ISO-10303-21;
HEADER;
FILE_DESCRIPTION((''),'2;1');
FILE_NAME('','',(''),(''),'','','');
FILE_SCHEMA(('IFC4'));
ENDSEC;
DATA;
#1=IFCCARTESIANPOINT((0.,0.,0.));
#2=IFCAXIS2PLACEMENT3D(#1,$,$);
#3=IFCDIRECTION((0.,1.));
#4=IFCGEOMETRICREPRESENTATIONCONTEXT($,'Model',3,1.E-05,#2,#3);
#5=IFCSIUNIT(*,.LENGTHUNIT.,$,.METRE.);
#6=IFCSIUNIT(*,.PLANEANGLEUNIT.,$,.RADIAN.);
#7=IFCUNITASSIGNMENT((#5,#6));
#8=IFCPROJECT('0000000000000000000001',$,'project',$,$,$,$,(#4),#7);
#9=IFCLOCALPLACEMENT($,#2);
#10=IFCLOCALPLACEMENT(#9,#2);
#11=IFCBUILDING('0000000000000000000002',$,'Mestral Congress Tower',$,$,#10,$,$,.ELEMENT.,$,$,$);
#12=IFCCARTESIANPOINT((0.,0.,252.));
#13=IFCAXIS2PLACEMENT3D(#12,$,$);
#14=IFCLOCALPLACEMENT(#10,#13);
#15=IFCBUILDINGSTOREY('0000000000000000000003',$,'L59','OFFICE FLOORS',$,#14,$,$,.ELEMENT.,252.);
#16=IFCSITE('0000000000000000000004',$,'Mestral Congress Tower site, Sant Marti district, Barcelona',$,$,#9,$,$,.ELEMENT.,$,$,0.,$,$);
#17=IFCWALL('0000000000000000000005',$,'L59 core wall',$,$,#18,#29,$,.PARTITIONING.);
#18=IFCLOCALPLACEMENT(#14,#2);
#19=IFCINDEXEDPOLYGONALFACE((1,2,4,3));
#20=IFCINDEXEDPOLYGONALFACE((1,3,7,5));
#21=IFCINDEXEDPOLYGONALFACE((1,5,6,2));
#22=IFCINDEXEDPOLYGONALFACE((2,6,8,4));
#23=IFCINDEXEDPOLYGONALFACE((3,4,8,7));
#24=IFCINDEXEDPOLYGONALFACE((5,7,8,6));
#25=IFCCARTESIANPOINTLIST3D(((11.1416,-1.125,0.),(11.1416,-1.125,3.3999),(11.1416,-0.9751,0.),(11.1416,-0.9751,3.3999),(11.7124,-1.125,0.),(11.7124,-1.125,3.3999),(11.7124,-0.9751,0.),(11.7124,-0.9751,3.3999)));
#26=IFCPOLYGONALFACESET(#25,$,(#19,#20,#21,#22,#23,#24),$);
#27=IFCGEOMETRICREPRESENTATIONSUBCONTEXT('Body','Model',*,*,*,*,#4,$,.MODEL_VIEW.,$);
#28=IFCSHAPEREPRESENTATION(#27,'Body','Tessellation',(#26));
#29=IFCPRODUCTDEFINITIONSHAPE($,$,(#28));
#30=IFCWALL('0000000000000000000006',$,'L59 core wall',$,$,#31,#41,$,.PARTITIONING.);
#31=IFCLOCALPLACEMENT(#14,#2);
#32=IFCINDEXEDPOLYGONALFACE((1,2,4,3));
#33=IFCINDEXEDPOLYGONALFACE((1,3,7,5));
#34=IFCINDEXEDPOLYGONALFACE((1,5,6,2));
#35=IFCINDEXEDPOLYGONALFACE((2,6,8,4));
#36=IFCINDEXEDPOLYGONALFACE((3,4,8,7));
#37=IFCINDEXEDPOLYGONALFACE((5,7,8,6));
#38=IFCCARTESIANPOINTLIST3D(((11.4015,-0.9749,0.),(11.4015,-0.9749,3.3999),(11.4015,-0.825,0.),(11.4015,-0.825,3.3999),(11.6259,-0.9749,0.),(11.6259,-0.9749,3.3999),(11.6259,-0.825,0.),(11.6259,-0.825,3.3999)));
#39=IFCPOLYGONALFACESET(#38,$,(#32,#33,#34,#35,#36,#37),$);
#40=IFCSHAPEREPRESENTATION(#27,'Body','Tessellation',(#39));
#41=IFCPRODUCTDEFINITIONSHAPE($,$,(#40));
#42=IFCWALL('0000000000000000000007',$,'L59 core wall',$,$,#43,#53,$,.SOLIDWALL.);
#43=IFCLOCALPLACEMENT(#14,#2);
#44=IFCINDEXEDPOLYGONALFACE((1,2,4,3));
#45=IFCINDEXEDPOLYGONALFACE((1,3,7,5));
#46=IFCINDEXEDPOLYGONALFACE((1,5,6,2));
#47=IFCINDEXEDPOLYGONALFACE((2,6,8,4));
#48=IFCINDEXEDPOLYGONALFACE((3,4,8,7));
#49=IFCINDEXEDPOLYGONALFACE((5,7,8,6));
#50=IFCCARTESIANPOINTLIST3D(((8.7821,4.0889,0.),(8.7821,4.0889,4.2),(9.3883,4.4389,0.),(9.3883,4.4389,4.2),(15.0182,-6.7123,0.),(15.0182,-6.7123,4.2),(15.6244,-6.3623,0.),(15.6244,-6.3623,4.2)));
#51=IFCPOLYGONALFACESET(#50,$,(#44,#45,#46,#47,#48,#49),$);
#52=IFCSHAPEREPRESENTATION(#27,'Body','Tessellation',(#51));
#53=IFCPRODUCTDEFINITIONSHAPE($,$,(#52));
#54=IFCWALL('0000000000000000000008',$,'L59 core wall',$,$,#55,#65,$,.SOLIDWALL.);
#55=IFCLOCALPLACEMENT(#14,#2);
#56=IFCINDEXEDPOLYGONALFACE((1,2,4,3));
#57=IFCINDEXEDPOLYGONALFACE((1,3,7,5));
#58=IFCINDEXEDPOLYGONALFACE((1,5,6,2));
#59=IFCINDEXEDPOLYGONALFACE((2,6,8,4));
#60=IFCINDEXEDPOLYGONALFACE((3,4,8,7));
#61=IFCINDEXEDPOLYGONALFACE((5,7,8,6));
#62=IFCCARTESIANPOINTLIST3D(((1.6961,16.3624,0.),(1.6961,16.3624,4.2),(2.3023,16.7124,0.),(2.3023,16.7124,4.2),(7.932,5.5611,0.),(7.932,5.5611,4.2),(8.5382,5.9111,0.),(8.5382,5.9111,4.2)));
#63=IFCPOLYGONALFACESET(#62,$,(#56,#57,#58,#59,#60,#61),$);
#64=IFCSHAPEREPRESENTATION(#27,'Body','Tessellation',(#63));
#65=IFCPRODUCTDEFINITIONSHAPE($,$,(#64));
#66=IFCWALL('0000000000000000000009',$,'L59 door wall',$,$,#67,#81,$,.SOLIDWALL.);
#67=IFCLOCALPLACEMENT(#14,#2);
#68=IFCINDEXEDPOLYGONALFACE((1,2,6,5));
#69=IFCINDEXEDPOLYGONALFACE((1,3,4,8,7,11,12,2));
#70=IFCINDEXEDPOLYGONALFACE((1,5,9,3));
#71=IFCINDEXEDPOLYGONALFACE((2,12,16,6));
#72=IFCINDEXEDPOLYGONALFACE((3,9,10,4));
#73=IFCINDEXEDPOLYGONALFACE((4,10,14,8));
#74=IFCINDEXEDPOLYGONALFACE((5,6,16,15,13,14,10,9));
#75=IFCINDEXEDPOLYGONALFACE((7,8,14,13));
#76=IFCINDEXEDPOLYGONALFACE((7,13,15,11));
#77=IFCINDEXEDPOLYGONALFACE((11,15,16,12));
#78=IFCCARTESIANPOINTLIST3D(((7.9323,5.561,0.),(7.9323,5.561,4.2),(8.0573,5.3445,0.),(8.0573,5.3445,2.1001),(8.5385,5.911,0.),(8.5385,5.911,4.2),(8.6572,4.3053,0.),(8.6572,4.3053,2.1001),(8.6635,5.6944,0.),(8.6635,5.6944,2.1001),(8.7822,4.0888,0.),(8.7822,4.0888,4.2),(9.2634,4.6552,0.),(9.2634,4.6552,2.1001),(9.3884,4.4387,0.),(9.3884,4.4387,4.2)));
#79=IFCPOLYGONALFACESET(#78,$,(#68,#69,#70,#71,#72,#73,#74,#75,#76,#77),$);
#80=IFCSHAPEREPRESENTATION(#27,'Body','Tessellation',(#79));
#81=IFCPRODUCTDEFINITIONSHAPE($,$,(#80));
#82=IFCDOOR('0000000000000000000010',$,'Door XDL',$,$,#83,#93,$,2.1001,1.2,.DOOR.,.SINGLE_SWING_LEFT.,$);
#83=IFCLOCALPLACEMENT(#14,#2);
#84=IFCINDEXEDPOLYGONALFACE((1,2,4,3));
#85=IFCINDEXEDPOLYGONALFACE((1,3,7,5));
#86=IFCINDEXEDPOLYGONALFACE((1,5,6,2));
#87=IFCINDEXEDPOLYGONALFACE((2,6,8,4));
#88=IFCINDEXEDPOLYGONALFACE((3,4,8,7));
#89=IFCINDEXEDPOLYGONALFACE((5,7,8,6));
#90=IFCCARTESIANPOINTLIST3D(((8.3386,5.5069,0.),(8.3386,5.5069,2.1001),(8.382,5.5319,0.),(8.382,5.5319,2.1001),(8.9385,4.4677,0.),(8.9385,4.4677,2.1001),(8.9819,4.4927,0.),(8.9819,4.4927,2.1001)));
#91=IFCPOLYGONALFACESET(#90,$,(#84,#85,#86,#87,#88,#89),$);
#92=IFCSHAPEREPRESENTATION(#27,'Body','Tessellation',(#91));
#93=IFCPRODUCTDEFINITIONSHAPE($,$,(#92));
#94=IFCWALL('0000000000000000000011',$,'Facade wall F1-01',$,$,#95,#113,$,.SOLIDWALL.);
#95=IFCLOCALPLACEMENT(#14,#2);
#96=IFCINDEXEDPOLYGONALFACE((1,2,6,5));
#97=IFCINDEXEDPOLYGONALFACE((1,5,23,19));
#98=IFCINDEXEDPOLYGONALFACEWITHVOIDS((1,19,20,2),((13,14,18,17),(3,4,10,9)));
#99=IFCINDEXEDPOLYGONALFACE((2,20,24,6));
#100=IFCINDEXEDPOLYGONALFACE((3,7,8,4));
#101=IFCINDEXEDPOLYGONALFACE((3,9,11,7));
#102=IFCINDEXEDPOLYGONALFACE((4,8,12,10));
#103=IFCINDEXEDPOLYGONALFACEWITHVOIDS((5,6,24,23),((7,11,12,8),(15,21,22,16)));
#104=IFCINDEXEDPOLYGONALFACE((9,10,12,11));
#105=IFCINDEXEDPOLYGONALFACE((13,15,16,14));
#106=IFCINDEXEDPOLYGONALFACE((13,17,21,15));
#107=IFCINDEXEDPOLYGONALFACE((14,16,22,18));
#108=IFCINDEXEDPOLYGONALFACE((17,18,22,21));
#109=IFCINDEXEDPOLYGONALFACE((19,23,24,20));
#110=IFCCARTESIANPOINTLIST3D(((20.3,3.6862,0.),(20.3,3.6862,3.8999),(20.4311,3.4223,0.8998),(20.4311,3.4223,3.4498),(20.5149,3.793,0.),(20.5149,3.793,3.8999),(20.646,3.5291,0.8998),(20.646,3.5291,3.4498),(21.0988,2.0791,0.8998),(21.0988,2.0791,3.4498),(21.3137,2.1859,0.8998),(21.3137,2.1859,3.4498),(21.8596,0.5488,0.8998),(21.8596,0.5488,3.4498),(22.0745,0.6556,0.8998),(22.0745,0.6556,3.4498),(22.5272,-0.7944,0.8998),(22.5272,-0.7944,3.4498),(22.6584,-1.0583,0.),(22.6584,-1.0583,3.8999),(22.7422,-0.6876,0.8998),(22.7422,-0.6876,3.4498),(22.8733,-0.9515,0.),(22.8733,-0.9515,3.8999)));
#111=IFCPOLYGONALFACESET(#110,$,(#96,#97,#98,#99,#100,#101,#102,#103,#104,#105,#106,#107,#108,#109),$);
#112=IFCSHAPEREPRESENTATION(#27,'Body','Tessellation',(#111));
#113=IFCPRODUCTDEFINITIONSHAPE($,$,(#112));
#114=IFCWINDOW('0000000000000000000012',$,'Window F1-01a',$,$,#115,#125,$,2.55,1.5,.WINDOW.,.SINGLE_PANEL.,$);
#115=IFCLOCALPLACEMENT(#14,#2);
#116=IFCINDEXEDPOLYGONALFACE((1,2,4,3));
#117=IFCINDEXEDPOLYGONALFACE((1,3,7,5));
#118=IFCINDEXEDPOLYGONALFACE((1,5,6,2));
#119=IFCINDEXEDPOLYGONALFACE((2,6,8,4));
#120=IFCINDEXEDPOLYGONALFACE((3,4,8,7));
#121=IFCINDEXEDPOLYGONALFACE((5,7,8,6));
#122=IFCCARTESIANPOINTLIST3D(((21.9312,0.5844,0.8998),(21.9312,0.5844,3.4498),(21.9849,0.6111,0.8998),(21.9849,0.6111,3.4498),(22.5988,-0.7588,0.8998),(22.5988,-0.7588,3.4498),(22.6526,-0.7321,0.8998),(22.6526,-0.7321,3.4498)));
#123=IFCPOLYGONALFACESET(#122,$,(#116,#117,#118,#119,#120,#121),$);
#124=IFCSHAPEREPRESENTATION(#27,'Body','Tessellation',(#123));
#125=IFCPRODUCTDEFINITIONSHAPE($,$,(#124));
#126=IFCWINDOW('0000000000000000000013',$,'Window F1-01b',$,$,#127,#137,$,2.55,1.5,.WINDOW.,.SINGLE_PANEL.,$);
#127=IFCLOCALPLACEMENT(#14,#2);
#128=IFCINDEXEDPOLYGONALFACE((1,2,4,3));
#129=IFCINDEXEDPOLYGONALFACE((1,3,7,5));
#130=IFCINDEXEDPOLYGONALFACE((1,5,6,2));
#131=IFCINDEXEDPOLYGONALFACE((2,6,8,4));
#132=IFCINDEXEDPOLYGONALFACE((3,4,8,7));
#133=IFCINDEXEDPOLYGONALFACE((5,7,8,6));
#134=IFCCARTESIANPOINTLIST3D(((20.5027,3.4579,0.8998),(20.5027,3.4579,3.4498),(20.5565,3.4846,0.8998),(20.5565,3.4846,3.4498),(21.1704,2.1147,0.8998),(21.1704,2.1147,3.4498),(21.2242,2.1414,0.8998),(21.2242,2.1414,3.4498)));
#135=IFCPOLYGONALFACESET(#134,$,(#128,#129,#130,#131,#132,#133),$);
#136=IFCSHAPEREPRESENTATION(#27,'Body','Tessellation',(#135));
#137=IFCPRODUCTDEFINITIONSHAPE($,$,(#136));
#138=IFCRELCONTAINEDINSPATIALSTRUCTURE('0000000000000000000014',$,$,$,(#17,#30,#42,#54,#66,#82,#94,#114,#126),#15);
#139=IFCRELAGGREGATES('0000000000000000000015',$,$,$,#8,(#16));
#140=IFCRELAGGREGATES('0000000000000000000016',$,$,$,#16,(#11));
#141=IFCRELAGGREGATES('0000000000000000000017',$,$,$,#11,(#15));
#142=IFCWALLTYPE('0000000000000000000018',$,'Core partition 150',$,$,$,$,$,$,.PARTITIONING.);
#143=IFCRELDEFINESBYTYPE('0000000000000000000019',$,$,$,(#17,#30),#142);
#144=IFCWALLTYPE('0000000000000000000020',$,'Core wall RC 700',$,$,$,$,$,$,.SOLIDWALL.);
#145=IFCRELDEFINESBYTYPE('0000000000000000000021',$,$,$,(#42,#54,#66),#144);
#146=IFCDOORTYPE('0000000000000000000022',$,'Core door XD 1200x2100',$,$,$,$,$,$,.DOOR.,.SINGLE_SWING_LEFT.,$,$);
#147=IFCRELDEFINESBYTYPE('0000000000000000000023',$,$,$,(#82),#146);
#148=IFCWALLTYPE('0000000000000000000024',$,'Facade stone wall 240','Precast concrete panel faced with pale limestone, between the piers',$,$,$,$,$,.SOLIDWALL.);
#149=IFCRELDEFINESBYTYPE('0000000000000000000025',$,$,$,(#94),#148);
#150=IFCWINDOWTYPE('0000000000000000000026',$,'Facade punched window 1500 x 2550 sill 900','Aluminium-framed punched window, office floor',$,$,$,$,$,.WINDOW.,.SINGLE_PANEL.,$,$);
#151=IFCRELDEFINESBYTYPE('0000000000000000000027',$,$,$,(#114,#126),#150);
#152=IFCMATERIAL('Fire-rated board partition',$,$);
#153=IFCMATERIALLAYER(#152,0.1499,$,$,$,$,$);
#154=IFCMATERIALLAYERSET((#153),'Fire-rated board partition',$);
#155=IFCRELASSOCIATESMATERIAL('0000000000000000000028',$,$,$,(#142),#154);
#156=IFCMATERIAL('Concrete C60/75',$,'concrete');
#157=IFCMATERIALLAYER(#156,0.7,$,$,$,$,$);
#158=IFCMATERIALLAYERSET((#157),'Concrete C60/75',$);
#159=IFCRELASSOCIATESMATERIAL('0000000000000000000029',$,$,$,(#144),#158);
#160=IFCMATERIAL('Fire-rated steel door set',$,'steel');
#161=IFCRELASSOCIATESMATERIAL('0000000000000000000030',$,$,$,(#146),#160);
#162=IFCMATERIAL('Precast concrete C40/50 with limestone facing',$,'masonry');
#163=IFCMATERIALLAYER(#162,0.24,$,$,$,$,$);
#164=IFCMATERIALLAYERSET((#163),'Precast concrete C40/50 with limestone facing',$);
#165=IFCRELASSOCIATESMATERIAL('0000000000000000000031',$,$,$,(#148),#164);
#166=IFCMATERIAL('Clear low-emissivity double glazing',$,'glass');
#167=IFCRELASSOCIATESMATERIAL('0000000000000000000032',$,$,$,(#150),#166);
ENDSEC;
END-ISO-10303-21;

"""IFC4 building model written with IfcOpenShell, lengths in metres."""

from ifc_helpers import new_model, si_unit, direction, frame, frame_2d, origin, place, context, subcontext, project, spatial, rectangle, extrude, material, layer, layer_set, type_object, element, fill, save


model = new_model("IFC4")

# Units and contexts
model_context = context("Model", 3, precision=1e-05, world=origin(), true_north=direction((0.0, 1.0)))
body_context = subcontext(model_context, "Body", "Model", "MODEL_VIEW")
ifc_project = project(units=[si_unit("LENGTHUNIT", "METRE"), si_unit("PLANEANGLEUNIT", "RADIAN")], contexts=[model_context])

# Site, building, storey
site_placement = place(None, origin())
site = spatial("IfcSite", under=ifc_project, at=site_placement, Name="Mestral Congress Tower site, Sant Marti district, Barcelona", CompositionType="ELEMENT", RefElevation=0.0)
building_placement = place(site_placement, origin())
building = spatial("IfcBuilding", under=site, at=building_placement, Name="Mestral Congress Tower", CompositionType="ELEMENT")
storey_placement = place(building_placement, frame((0.0, 0.0, 252.0)))
storey = spatial("IfcBuildingStorey", under=building, at=storey_placement, Name="L59", Description="OFFICE FLOORS", CompositionType="ELEMENT", Elevation=252.0)

# Shared definitions
ifc_material_1 = material(Name="Concrete C60/75", Category="concrete")

# Walls
ifc_material_2 = material(Name="Fire-rated board partition")
ifc_layer_1 = layer(ifc_material_2, 0.1499)
ifc_layer_set_1 = layer_set([ifc_layer_1], Name="Fire-rated board partition")
wall_type_1 = type_object("IfcWallType", Name="Core partition 150", PredefinedType="PARTITIONING", material=ifc_layer_set_1)
wall_1_placement = place(storey_placement, frame((11.7124, -1.05, 0.0), z_axis=(0.0, 0.0, 1.0), x_axis=(-1.0, 0.0, 0.0)))
element("IfcWall", 1, at=wall_1_placement, inside=storey, type_object=wall_type_1, Name="L59 core wall", PredefinedType="PARTITIONING", context=body_context, shape_type="SweptSolid", body=[
    extrude(rectangle(XDim=0.5708, YDim=0.1499, at=frame_2d((0.2854, 0.0))), origin(), (0.0, 0.0, 1.0), 3.3999),
])
wall_2_placement = place(storey_placement, frame((11.4014, -0.8999, 0.0), z_axis=(0.0, 0.0, 1.0), x_axis=(1.0, 0.0, 0.0)))
element("IfcWall", 2, at=wall_2_placement, inside=storey, type_object=wall_type_1, Name="L59 core wall", PredefinedType="PARTITIONING", context=body_context, shape_type="SweptSolid", body=[
    extrude(rectangle(XDim=0.2244, YDim=0.1499, at=frame_2d((0.1123, 0.0))), origin(), (0.0, 0.0, 1.0), 3.3999),
])
ifc_layer_2 = layer(ifc_material_1, 0.7)
ifc_layer_set_2 = layer_set([ifc_layer_2], Name="Concrete C60/75")
wall_type_2 = type_object("IfcWallType", Name="Core wall RC 700", PredefinedType="SOLIDWALL", material=ifc_layer_set_2)
for number, where, z_axis, x_axis, name in (
    (3, (9.0852, 4.2639, 0.0), (0.0, 0.0, 1.0), (0.499998, -0.866027, 0.0), "L59 core wall"),
    (4, (8.2351, 5.7361, 0.0), (0.0, 0.0, 1.0), (-0.499983, 0.866035, 0.0), "L59 core wall"),
):
    element("IfcWall", number, at=place(storey_placement, frame(where, z_axis=z_axis, x_axis=x_axis)), inside=storey, type_object=wall_type_2, Name=name, PredefinedType="SOLIDWALL", context=body_context, shape_type="SweptSolid", body=[
        extrude(rectangle(XDim=12.4722, YDim=0.7, at=frame_2d((6.2361, 0.0))), origin(), (0.0, 0.0, 1.0), 4.2),
    ])

# Wall, opening, door
wall_3_placement = place(storey_placement, frame((8.2354, 5.7361, 0.0), z_axis=(0.0, 0.0, 1.0), x_axis=(0.499955, -0.866052, 0.0)))
wall_3 = element("IfcWall", 5, at=wall_3_placement, inside=storey, type_object=wall_type_2, Name="L59 door wall", PredefinedType="SOLIDWALL", context=body_context, shape_type="SweptSolid", body=[
    extrude(rectangle(XDim=1.7, YDim=0.7, at=frame_2d((0.8501, 0.0))), origin(), (0.0, 0.0, 1.0), 4.2),
])
opening_1_placement = place(wall_3_placement, frame((0.25, 0.0, 0.0)))
opening_1 = element("IfcOpeningElement", 6, at=opening_1_placement, cuts=wall_3, PredefinedType="OPENING", context=body_context, shape_type="SweptSolid", body=[
    extrude(rectangle(XDim=1.2, YDim=2.1001, at=frame_2d((0.6001, 1.05))), frame((0.0, 0.3599, 0.0), z_axis=(0.0, -1.0, 0.0), x_axis=(1.0, 0.0, 0.0)), (0.0, 0.0, 1.0), 0.72),
])
ifc_material_3 = material(Name="Fire-rated steel door set", Category="steel")
door_type_1 = type_object("IfcDoorType", Name="Core door XD 1200x2100", OperationType="SINGLE_SWING_LEFT", PredefinedType="DOOR", material=ifc_material_3)
door_1_placement = place(opening_1_placement, origin())
door_1 = element("IfcDoor", 7, at=door_1_placement, inside=storey, type_object=door_type_1, Name="Door XDL", OperationType="SINGLE_SWING_LEFT", OverallHeight=2.1001, OverallWidth=1.2, PredefinedType="DOOR", context=body_context, shape_type="SweptSolid", body=[
    extrude(rectangle(XDim=1.2, YDim=2.1001, at=frame_2d((0.6001, 1.05))), frame((0.0, 0.0249, 0.0), z_axis=(0.0, -1.0, 0.0), x_axis=(1.0, 0.0, 0.0)), (0.0, 0.0, 1.0), 0.05),
])
fill(opening_1, door_1)

# Wall, openings, windows
ifc_material_4 = material(Name="Precast concrete C40/50 with limestone facing", Category="masonry")
ifc_layer_3 = layer(ifc_material_4, 0.24)
ifc_layer_set_3 = layer_set([ifc_layer_3], Name="Precast concrete C40/50 with limestone facing")
wall_type_3 = type_object("IfcWallType", Name="Facade stone wall 240", Description="Precast concrete panel faced with pale limestone, between the piers", PredefinedType="SOLIDWALL", material=ifc_layer_set_3)
wall_4_placement = place(storey_placement, frame((22.7659, -1.0049, 0.0), z_axis=(0.0, 0.0, 1.0), x_axis=(-0.44513, 0.895466, 0.0)))
wall_4 = element("IfcWall", 8, at=wall_4_placement, inside=storey, type_object=wall_type_3, Name="Facade wall F1-01", PredefinedType="SOLIDWALL", context=body_context, shape_type="SweptSolid", body=[
    extrude(rectangle(XDim=5.2983, YDim=0.24, at=frame_2d((2.6492, 0.0))), origin(), (0.0, 0.0, 1.0), 3.8999),
])
opening_2_placement = place(wall_4_placement, frame((0.2947, 0.0, 0.8999)))
opening_2 = element("IfcOpeningElement", 9, at=opening_2_placement, cuts=wall_4, PredefinedType="OPENING", context=body_context, shape_type="SweptSolid", body=[
    extrude(rectangle(XDim=1.5, YDim=2.55, at=frame_2d((0.75, 1.2749))), frame((0.0, 0.1299, 0.0), z_axis=(0.0, -1.0, 0.0), x_axis=(1.0, 0.0, 0.0)), (0.0, 0.0, 1.0), 0.26),
])
opening_3_placement = place(wall_4_placement, frame((3.5037, 0.0, 0.8999)))
opening_3 = element("IfcOpeningElement", 10, at=opening_3_placement, cuts=wall_4, PredefinedType="OPENING", context=body_context, shape_type="SweptSolid", body=[
    extrude(rectangle(XDim=1.5, YDim=2.55, at=frame_2d((0.75, 1.2749))), frame((0.0, 0.1299, 0.0), z_axis=(0.0, -1.0, 0.0), x_axis=(1.0, 0.0, 0.0)), (0.0, 0.0, 1.0), 0.26),
])
ifc_material_5 = material(Name="Clear low-emissivity double glazing", Category="glass")
window_type = type_object("IfcWindowType", Name="Facade punched window 1500 x 2550 sill 900", Description="Aluminium-framed punched window, office floor", PartitioningType="SINGLE_PANEL", PredefinedType="WINDOW", material=ifc_material_5)
window_1_placement = place(opening_2_placement, origin())
window_1 = element("IfcWindow", 11, at=window_1_placement, inside=storey, type_object=window_type, Name="Window F1-01a", OverallHeight=2.55, OverallWidth=1.5, PartitioningType="SINGLE_PANEL", PredefinedType="WINDOW", context=body_context, shape_type="SweptSolid", body=[
    extrude(rectangle(XDim=1.5, YDim=2.55, at=frame_2d((0.75, 1.2749))), frame((0.0, 0.04, 0.0), z_axis=(0.0, -1.0, 0.0), x_axis=(1.0, 0.0, 0.0)), (0.0, 0.0, 1.0), 0.0601),
])
fill(opening_2, window_1)
window_2_placement = place(opening_3_placement, origin())
window_2 = element("IfcWindow", 12, at=window_2_placement, inside=storey, type_object=window_type, Name="Window F1-01b", OverallHeight=2.55, OverallWidth=1.5, PartitioningType="SINGLE_PANEL", PredefinedType="WINDOW", context=body_context, shape_type="SweptSolid", body=[
    extrude(rectangle(XDim=1.5, YDim=2.55, at=frame_2d((0.75, 1.2749))), frame((0.0, 0.04, 0.0), z_axis=(0.0, -1.0, 0.0), x_axis=(1.0, 0.0, 0.0)), (0.0, 0.0, 1.0), 0.0601),
])
fill(opening_3, window_2)

save(model, "model.ifc")
